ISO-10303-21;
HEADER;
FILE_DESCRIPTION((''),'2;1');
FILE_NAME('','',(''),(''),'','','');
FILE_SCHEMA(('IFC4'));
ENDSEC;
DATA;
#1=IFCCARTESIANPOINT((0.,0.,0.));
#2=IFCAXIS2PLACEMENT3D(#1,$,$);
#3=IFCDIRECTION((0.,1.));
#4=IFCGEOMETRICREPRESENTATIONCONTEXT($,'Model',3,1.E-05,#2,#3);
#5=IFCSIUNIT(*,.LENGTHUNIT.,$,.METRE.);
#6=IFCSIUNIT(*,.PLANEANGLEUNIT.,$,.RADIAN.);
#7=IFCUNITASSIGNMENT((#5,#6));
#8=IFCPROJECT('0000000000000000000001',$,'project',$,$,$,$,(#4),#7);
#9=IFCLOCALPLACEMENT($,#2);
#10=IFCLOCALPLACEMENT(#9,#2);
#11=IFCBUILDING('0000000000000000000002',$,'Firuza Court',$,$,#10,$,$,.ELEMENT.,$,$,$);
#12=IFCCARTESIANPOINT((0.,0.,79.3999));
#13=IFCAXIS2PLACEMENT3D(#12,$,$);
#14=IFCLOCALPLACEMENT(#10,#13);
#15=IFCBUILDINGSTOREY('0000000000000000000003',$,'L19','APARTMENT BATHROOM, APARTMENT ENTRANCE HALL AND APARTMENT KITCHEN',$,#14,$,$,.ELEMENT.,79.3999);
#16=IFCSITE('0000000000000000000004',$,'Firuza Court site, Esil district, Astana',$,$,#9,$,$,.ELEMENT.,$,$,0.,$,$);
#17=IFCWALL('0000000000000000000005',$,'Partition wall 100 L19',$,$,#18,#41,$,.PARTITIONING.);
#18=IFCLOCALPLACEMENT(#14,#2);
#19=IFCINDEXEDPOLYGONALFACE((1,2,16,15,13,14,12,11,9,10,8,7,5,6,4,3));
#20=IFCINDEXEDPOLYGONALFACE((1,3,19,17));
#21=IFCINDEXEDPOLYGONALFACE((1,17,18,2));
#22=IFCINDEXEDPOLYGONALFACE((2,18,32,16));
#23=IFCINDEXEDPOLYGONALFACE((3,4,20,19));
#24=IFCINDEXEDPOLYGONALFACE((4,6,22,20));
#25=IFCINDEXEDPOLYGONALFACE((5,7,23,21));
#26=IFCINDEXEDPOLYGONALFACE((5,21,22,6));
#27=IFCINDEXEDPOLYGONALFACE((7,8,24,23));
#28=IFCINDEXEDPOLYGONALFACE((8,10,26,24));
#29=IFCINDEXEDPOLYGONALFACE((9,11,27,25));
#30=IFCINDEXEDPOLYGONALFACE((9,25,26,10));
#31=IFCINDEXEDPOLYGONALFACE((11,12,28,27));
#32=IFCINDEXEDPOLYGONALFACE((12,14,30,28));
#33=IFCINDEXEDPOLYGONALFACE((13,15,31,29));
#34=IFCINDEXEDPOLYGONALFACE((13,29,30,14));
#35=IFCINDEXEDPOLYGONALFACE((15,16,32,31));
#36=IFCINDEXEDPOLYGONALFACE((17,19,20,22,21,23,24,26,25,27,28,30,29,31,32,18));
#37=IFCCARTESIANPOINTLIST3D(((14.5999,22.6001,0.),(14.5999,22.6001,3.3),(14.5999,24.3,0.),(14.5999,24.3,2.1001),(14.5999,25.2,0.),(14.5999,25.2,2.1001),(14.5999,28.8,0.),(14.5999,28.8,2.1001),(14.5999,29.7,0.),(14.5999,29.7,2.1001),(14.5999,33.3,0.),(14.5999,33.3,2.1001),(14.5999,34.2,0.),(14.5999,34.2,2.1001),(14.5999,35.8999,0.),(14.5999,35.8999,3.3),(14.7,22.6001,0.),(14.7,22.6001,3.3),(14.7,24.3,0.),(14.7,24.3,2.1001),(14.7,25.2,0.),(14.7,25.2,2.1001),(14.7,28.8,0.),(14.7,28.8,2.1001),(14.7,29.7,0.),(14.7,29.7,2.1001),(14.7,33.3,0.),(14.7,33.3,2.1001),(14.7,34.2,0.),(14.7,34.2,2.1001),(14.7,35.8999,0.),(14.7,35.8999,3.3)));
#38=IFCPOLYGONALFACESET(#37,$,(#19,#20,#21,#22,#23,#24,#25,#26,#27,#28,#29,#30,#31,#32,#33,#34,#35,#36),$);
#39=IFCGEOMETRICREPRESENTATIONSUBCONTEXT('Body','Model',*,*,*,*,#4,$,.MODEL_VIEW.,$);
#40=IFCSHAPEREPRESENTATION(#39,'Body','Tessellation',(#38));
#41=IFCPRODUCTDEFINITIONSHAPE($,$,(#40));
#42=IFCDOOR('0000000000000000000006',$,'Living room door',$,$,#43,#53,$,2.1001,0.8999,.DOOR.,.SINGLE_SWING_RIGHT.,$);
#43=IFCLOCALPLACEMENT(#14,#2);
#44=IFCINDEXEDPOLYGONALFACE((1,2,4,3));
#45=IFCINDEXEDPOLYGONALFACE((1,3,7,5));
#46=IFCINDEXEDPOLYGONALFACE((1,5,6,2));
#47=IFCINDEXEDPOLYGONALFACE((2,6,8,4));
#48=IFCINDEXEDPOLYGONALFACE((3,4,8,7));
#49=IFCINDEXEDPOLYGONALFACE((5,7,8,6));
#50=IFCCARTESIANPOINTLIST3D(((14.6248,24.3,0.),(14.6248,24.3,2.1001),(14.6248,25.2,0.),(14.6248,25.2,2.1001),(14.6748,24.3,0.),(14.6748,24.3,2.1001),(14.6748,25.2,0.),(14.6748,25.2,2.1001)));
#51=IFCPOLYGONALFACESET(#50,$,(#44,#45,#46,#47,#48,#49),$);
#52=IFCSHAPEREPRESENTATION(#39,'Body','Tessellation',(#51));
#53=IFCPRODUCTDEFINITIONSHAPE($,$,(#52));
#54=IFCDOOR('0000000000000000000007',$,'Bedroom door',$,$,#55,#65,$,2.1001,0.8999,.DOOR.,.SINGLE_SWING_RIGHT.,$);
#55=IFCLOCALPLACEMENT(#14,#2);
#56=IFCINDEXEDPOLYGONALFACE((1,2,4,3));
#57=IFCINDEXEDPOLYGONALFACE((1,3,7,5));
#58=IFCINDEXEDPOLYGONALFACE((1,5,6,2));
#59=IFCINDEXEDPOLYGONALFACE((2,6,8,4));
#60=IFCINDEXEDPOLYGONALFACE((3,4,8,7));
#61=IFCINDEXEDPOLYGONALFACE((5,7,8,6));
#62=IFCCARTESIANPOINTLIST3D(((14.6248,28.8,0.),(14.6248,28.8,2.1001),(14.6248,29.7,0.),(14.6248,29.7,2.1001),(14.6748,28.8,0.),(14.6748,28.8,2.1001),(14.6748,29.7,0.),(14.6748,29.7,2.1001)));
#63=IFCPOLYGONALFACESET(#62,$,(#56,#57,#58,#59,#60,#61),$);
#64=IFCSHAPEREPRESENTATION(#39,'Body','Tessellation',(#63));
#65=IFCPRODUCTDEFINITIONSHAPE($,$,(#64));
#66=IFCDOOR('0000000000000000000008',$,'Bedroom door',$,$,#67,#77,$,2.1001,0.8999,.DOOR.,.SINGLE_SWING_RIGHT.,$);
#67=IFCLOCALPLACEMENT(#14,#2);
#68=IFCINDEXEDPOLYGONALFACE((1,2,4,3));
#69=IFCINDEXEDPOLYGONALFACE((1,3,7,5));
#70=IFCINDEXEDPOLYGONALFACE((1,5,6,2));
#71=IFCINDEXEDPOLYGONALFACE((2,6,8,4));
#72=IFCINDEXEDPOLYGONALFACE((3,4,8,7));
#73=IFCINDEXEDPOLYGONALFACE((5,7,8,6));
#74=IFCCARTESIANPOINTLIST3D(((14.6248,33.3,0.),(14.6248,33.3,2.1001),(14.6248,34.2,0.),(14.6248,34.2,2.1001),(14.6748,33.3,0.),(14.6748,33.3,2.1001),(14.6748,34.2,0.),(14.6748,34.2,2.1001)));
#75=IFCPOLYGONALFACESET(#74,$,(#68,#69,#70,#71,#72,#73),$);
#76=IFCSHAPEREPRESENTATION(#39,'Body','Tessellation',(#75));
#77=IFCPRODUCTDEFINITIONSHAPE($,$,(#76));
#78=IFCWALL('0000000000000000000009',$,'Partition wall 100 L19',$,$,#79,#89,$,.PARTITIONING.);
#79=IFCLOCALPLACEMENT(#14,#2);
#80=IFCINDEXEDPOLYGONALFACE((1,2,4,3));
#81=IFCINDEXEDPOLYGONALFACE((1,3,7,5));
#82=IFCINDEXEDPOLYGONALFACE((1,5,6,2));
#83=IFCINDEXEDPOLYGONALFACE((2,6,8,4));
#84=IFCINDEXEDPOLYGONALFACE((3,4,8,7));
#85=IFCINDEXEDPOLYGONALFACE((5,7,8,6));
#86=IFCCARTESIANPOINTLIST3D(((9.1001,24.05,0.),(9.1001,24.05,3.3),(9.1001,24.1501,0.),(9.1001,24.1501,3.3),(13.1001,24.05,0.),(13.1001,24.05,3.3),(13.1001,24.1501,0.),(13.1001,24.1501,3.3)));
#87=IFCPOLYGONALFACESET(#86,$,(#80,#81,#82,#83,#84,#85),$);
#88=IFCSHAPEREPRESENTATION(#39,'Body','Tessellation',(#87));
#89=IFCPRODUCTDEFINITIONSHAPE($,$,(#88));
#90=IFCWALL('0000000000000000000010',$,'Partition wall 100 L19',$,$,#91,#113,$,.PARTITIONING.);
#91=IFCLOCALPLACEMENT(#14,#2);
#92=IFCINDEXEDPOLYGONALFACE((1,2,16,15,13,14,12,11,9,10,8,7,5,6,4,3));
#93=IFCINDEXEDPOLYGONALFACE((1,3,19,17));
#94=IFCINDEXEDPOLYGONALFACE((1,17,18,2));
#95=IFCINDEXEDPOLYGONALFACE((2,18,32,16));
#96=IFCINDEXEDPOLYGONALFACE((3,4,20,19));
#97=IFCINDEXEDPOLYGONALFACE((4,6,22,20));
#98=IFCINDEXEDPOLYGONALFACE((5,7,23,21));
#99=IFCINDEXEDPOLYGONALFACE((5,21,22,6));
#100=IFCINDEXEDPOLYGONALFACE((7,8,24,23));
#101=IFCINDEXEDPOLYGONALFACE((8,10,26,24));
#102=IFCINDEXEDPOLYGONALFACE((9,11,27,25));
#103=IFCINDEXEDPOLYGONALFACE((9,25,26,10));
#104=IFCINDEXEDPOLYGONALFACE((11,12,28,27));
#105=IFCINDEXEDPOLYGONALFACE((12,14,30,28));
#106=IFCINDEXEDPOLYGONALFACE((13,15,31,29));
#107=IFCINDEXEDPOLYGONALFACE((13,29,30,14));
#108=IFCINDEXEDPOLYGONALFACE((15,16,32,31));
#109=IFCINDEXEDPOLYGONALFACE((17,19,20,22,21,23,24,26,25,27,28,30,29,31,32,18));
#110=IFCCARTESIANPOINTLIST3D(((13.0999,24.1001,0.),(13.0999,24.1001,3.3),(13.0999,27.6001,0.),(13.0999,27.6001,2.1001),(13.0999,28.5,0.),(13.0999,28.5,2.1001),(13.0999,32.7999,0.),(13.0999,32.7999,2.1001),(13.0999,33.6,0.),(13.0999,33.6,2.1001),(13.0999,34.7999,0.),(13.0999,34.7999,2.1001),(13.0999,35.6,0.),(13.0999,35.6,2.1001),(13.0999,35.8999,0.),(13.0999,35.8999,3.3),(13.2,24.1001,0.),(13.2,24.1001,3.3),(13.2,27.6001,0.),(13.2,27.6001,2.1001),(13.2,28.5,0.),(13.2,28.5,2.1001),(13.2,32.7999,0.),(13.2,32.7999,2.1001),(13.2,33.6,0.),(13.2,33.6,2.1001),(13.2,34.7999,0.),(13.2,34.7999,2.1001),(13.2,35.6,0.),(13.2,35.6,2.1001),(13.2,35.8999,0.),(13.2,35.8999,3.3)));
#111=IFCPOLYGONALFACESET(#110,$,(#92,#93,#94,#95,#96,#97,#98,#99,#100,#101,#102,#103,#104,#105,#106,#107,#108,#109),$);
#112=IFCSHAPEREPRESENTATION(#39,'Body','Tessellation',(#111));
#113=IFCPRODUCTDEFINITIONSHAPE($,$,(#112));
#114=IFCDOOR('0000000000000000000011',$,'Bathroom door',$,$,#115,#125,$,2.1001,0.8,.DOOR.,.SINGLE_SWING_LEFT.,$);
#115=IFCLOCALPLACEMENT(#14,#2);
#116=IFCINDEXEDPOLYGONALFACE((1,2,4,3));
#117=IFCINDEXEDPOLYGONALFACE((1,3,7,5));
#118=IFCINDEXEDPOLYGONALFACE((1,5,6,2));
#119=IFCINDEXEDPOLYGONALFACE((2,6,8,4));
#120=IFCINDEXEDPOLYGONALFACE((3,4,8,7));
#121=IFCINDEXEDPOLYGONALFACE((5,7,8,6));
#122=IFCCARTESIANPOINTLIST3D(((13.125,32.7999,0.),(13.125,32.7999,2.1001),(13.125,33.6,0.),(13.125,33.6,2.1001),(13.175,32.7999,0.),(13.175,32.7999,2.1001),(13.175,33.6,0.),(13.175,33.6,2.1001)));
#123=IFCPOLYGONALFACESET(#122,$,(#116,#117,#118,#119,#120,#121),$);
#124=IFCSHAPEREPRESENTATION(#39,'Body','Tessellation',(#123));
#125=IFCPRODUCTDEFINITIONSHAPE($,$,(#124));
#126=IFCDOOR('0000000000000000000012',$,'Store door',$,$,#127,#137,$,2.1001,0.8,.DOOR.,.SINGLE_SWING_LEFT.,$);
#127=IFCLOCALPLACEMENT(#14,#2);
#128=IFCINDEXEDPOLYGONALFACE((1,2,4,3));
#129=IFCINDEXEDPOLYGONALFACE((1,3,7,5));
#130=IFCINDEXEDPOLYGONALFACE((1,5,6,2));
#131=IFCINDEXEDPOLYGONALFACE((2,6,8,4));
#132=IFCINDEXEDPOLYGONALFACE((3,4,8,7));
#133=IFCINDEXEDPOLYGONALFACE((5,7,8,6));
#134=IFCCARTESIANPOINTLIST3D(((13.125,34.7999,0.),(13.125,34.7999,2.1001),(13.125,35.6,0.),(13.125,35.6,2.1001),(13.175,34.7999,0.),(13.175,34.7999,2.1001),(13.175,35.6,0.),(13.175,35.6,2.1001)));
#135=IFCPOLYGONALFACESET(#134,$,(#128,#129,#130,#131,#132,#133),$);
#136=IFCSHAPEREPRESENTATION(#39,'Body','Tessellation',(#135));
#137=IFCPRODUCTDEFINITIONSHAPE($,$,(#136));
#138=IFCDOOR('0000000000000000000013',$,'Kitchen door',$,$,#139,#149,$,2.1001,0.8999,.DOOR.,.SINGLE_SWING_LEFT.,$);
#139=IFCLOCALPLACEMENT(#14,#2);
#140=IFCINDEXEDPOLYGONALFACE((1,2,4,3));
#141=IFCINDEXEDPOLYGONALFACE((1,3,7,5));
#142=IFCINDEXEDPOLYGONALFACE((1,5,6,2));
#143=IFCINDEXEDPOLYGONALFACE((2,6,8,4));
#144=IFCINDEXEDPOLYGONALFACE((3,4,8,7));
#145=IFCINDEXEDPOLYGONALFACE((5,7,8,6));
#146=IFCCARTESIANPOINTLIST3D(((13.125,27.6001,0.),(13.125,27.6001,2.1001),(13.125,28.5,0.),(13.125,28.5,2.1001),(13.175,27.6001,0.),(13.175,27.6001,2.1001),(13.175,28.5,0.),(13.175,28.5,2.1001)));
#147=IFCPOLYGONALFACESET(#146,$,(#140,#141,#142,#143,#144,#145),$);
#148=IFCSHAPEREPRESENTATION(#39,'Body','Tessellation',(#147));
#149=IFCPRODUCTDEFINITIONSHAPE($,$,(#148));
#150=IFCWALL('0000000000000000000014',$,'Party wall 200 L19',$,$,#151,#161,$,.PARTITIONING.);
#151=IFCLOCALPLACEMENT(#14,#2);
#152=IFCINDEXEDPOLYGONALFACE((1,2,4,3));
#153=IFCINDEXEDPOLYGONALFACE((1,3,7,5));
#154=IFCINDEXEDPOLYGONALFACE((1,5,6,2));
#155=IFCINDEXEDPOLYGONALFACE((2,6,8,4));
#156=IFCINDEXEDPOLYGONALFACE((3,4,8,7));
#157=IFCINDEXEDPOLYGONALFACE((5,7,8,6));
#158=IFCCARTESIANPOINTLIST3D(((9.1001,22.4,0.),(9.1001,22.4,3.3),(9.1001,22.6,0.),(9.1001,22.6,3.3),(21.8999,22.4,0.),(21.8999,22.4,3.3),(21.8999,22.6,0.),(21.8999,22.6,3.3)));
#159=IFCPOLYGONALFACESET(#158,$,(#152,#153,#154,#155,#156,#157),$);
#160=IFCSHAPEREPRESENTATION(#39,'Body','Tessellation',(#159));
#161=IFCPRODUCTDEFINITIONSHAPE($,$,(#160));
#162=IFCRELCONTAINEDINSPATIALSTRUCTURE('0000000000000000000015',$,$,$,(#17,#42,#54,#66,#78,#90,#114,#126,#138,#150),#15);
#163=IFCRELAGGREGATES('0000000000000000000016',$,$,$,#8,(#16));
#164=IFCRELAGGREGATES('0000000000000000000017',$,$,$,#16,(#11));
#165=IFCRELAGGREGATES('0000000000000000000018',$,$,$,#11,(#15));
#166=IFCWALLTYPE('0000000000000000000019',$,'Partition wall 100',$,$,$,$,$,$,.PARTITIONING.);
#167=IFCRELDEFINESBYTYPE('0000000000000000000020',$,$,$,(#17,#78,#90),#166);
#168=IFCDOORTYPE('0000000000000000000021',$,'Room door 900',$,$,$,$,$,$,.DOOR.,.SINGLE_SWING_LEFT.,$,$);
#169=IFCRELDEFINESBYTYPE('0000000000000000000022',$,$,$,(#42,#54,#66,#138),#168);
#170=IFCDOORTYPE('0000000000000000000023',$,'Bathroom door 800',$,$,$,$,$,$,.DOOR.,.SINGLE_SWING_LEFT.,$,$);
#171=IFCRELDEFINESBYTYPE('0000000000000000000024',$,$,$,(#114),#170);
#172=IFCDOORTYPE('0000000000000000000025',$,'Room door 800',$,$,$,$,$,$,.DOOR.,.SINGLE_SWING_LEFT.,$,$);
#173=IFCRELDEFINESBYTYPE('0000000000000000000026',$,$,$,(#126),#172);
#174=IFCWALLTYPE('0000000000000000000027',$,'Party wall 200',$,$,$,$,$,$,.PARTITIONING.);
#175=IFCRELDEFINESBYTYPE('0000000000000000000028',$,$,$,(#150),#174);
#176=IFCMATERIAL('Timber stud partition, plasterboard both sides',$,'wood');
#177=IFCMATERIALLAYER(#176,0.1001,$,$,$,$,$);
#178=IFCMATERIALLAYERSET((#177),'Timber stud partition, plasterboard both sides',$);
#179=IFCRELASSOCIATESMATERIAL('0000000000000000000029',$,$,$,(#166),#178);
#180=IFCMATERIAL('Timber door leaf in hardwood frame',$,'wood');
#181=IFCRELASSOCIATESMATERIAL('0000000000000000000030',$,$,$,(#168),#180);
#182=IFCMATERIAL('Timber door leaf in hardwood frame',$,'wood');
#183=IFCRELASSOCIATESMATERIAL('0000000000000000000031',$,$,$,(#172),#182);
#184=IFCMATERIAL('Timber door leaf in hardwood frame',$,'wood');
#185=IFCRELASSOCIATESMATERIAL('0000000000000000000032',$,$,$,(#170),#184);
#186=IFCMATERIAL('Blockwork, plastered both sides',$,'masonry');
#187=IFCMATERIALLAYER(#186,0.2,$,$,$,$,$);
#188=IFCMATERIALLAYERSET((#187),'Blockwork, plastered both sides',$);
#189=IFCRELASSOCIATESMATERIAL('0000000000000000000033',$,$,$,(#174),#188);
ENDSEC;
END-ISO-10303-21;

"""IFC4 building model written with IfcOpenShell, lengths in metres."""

from ifc_helpers import new_model, si_unit, direction, frame, frame_2d, origin, place, context, subcontext, project, spatial, rectangle, extrude, material, layer, layer_set, type_object, element, fill, save


model = new_model("IFC4")

# Units and contexts
model_context = context("Model", 3, precision=1e-05, world=origin(), true_north=direction((0.0, 1.0)))
body_context = subcontext(model_context, "Body", "Model", "MODEL_VIEW")
ifc_project = project(units=[si_unit("LENGTHUNIT", "METRE"), si_unit("PLANEANGLEUNIT", "RADIAN")], contexts=[model_context])

# Site, building, storey
site_placement = place(None, origin())
site = spatial("IfcSite", under=ifc_project, at=site_placement, Name="Firuza Court site, Esil district, Astana", CompositionType="ELEMENT", RefElevation=0.0)
building_placement = place(site_placement, origin())
building = spatial("IfcBuilding", under=site, at=building_placement, Name="Firuza Court", CompositionType="ELEMENT")
storey_placement = place(building_placement, frame((0.0, 0.0, 79.3999)))
storey = spatial("IfcBuildingStorey", under=building, at=storey_placement, Name="L19", Description="APARTMENT BATHROOM, APARTMENT ENTRANCE HALL AND APARTMENT KITCHEN", CompositionType="ELEMENT", Elevation=79.3999)

# Shared definitions
ifc_material_1 = material(Name="Timber stud partition, plasterboard both sides", Category="wood")
ifc_layer_1 = layer(ifc_material_1, 0.1001)
ifc_layer_set_1 = layer_set([ifc_layer_1], Name="Timber stud partition, plasterboard both sides")
wall_type_1 = type_object("IfcWallType", Name="Partition wall 100", PredefinedType="PARTITIONING", material=ifc_layer_set_1)
ifc_material_2 = material(Name="Timber door leaf in hardwood frame", Category="wood")
door_type_1 = type_object("IfcDoorType", Name="Room door 900", OperationType="SINGLE_SWING_LEFT", PredefinedType="DOOR", material=ifc_material_2)

# Shared definitions
ifc_material_3 = material(Name="Timber door leaf in hardwood frame", Category="wood")
door_type_2 = type_object("IfcDoorType", Name="Room door 800", OperationType="SINGLE_SWING_LEFT", PredefinedType="DOOR", material=ifc_material_3)

# Wall, openings, doors
wall_1_placement = place(storey_placement, frame((14.6499, 22.6001, 0.0), z_axis=(0.0, 0.0, 1.0), x_axis=(0.0, 1.0, 0.0)))
wall_1 = element("IfcWall", 1, at=wall_1_placement, inside=storey, type_object=wall_type_1, Name="Partition wall 100 L19", PredefinedType="PARTITIONING", context=body_context, shape_type="SweptSolid", body=[
    extrude(rectangle(XDim=13.2998, YDim=0.1001, at=frame_2d((6.6499, 0.0))), origin(), (0.0, 0.0, 1.0), 3.3),
])
opening_1_placement = place(wall_1_placement, frame((1.7, 0.0, 0.0)))
opening_1 = element("IfcOpeningElement", 2, at=opening_1_placement, cuts=wall_1, PredefinedType="OPENING", context=body_context, shape_type="SweptSolid", body=[
    extrude(rectangle(XDim=0.8999, YDim=2.1001, at=frame_2d((0.45, 1.05))), frame((0.0, 0.062, 0.0), z_axis=(0.0, -1.0, 0.0), x_axis=(1.0, 0.0, 0.0)), (0.0, 0.0, 1.0), 0.124),
])
opening_2_placement = place(wall_1_placement, frame((6.2, 0.0, 0.0)))
opening_2 = element("IfcOpeningElement", 3, at=opening_2_placement, cuts=wall_1, PredefinedType="OPENING", context=body_context, shape_type="SweptSolid", body=[
    extrude(rectangle(XDim=0.8999, YDim=2.1001, at=frame_2d((0.45, 1.05))), frame((0.0, 0.062, 0.0), z_axis=(0.0, -1.0, 0.0), x_axis=(1.0, 0.0, 0.0)), (0.0, 0.0, 1.0), 0.124),
])
opening_3_placement = place(wall_1_placement, frame((10.7, 0.0, 0.0)))
opening_3 = element("IfcOpeningElement", 4, at=opening_3_placement, cuts=wall_1, PredefinedType="OPENING", context=body_context, shape_type="SweptSolid", body=[
    extrude(rectangle(XDim=0.8999, YDim=2.1001, at=frame_2d((0.45, 1.05))), frame((0.0, 0.062, 0.0), z_axis=(0.0, -1.0, 0.0), x_axis=(1.0, 0.0, 0.0)), (0.0, 0.0, 1.0), 0.124),
])
door_1_placement = place(opening_1_placement, frame((0.8999, 0.0, 0.0), z_axis=(0.0, 0.0, 1.0), x_axis=(-1.0, 0.0, 0.0)))
door_1 = element("IfcDoor", 5, at=door_1_placement, inside=storey, type_object=door_type_1, Name="Living room door", OperationType="SINGLE_SWING_RIGHT", OverallHeight=2.1001, OverallWidth=0.8999, PredefinedType="DOOR", context=body_context, shape_type="SweptSolid", body=[
    extrude(rectangle(XDim=0.8999, YDim=2.1001, at=frame_2d((0.45, 1.05))), frame((0.0, 0.0249, 0.0), z_axis=(0.0, -1.0, 0.0), x_axis=(1.0, 0.0, 0.0)), (0.0, 0.0, 1.0), 0.05),
])
fill(opening_1, door_1)
door_2_placement = place(opening_2_placement, frame((0.8999, 0.0, 0.0), z_axis=(0.0, 0.0, 1.0), x_axis=(-1.0, 0.0, 0.0)))
door_2 = element("IfcDoor", 6, at=door_2_placement, inside=storey, type_object=door_type_1, Name="Bedroom door", OperationType="SINGLE_SWING_RIGHT", OverallHeight=2.1001, OverallWidth=0.8999, PredefinedType="DOOR", context=body_context, shape_type="SweptSolid", body=[
    extrude(rectangle(XDim=0.8999, YDim=2.1001, at=frame_2d((0.45, 1.05))), frame((0.0, 0.0249, 0.0), z_axis=(0.0, -1.0, 0.0), x_axis=(1.0, 0.0, 0.0)), (0.0, 0.0, 1.0), 0.05),
])
fill(opening_2, door_2)
door_3_placement = place(opening_3_placement, frame((0.8999, 0.0, 0.0), z_axis=(0.0, 0.0, 1.0), x_axis=(-1.0, 0.0, 0.0)))
door_3 = element("IfcDoor", 7, at=door_3_placement, inside=storey, type_object=door_type_1, Name="Bedroom door", OperationType="SINGLE_SWING_RIGHT", OverallHeight=2.1001, OverallWidth=0.8999, PredefinedType="DOOR", context=body_context, shape_type="SweptSolid", body=[
    extrude(rectangle(XDim=0.8999, YDim=2.1001, at=frame_2d((0.45, 1.05))), frame((0.0, 0.0249, 0.0), z_axis=(0.0, -1.0, 0.0), x_axis=(1.0, 0.0, 0.0)), (0.0, 0.0, 1.0), 0.05),
])
fill(opening_3, door_3)

# Wall
wall_2_placement = place(storey_placement, frame((9.1001, 24.1001, 0.0), z_axis=(0.0, 0.0, 1.0), x_axis=(1.0, 0.0, 0.0)))
element("IfcWall", 8, at=wall_2_placement, inside=storey, type_object=wall_type_1, Name="Partition wall 100 L19", PredefinedType="PARTITIONING", context=body_context, shape_type="SweptSolid", body=[
    extrude(rectangle(XDim=4.0, YDim=0.1001, at=frame_2d((2.0, 0.0))), origin(), (0.0, 0.0, 1.0), 3.3),
])

# Wall, openings, doors
wall_3_placement = place(storey_placement, frame((13.1499, 24.1001, 0.0), z_axis=(0.0, 0.0, 1.0), x_axis=(0.0, 1.0, 0.0)))
wall_3 = element("IfcWall", 9, at=wall_3_placement, inside=storey, type_object=wall_type_1, Name="Partition wall 100 L19", PredefinedType="PARTITIONING", context=body_context, shape_type="SweptSolid", body=[
    extrude(rectangle(XDim=11.7998, YDim=0.1001, at=frame_2d((5.8999, 0.0))), origin(), (0.0, 0.0, 1.0), 3.3),
])
opening_4_placement = place(wall_3_placement, frame((8.7, 0.0, 0.0)))
opening_4 = element("IfcOpeningElement", 10, at=opening_4_placement, cuts=wall_3, PredefinedType="OPENING", context=body_context, shape_type="SweptSolid", body=[
    extrude(rectangle(XDim=0.8, YDim=2.1001, at=frame_2d((0.3999, 1.05))), frame((0.0, 0.062, 0.0), z_axis=(0.0, -1.0, 0.0), x_axis=(1.0, 0.0, 0.0)), (0.0, 0.0, 1.0), 0.124),
])
opening_5_placement = place(wall_3_placement, frame((3.5, 0.0, 0.0)))
opening_5 = element("IfcOpeningElement", 11, at=opening_5_placement, cuts=wall_3, PredefinedType="OPENING", context=body_context, shape_type="SweptSolid", body=[
    extrude(rectangle(XDim=0.8999, YDim=2.1001, at=frame_2d((0.45, 1.05))), frame((0.0, 0.062, 0.0), z_axis=(0.0, -1.0, 0.0), x_axis=(1.0, 0.0, 0.0)), (0.0, 0.0, 1.0), 0.124),
])
opening_6_placement = place(wall_3_placement, frame((10.7, 0.0, 0.0)))
opening_6 = element("IfcOpeningElement", 12, at=opening_6_placement, cuts=wall_3, PredefinedType="OPENING", context=body_context, shape_type="SweptSolid", body=[
    extrude(rectangle(XDim=0.8, YDim=2.1001, at=frame_2d((0.3999, 1.05))), frame((0.0, 0.062, 0.0), z_axis=(0.0, -1.0, 0.0), x_axis=(1.0, 0.0, 0.0)), (0.0, 0.0, 1.0), 0.124),
])
ifc_material_4 = material(Name="Timber door leaf in hardwood frame", Category="wood")
door_type_3 = type_object("IfcDoorType", Name="Bathroom door 800", OperationType="SINGLE_SWING_LEFT", PredefinedType="DOOR", material=ifc_material_4)
door_4_placement = place(opening_4_placement, origin())
door_4 = element("IfcDoor", 13, at=door_4_placement, inside=storey, type_object=door_type_3, Name="Bathroom door", OperationType="SINGLE_SWING_LEFT", OverallHeight=2.1001, OverallWidth=0.8, PredefinedType="DOOR", context=body_context, shape_type="SweptSolid", body=[
    extrude(rectangle(XDim=0.8, YDim=2.1001, at=frame_2d((0.3999, 1.05))), frame((0.0, 0.0249, 0.0), z_axis=(0.0, -1.0, 0.0), x_axis=(1.0, 0.0, 0.0)), (0.0, 0.0, 1.0), 0.05),
])
fill(opening_4, door_4)
door_5_placement = place(opening_6_placement, origin())
door_5 = element("IfcDoor", 14, at=door_5_placement, inside=storey, type_object=door_type_2, Name="Store door", OperationType="SINGLE_SWING_LEFT", OverallHeight=2.1001, OverallWidth=0.8, PredefinedType="DOOR", context=body_context, shape_type="SweptSolid", body=[
    extrude(rectangle(XDim=0.8, YDim=2.1001, at=frame_2d((0.3999, 1.05))), frame((0.0, 0.0249, 0.0), z_axis=(0.0, -1.0, 0.0), x_axis=(1.0, 0.0, 0.0)), (0.0, 0.0, 1.0), 0.05),
])
fill(opening_6, door_5)
door_6_placement = place(opening_5_placement, origin())
door_6 = element("IfcDoor", 15, at=door_6_placement, inside=storey, type_object=door_type_1, Name="Kitchen door", OperationType="SINGLE_SWING_LEFT", OverallHeight=2.1001, OverallWidth=0.8999, PredefinedType="DOOR", context=body_context, shape_type="SweptSolid", body=[
    extrude(rectangle(XDim=0.8999, YDim=2.1001, at=frame_2d((0.45, 1.05))), frame((0.0, 0.0249, 0.0), z_axis=(0.0, -1.0, 0.0), x_axis=(1.0, 0.0, 0.0)), (0.0, 0.0, 1.0), 0.05),
])
fill(opening_5, door_6)

# Wall
ifc_material_5 = material(Name="Blockwork, plastered both sides", Category="masonry")
ifc_layer_2 = layer(ifc_material_5, 0.2)
ifc_layer_set_2 = layer_set([ifc_layer_2], Name="Blockwork, plastered both sides")
wall_type_2 = type_object("IfcWallType", Name="Party wall 200", PredefinedType="PARTITIONING", material=ifc_layer_set_2)
wall_4_placement = place(storey_placement, frame((9.1001, 22.5, 0.0), z_axis=(0.0, 0.0, 1.0), x_axis=(1.0, 0.0, 0.0)))
element("IfcWall", 16, at=wall_4_placement, inside=storey, type_object=wall_type_2, Name="Party wall 200 L19", PredefinedType="PARTITIONING", context=body_context, shape_type="SweptSolid", body=[
    extrude(rectangle(XDim=12.7998, YDim=0.2, at=frame_2d((6.3999, 0.0))), origin(), (0.0, 0.0, 1.0), 3.3),
])

save(model, "model.ifc")
